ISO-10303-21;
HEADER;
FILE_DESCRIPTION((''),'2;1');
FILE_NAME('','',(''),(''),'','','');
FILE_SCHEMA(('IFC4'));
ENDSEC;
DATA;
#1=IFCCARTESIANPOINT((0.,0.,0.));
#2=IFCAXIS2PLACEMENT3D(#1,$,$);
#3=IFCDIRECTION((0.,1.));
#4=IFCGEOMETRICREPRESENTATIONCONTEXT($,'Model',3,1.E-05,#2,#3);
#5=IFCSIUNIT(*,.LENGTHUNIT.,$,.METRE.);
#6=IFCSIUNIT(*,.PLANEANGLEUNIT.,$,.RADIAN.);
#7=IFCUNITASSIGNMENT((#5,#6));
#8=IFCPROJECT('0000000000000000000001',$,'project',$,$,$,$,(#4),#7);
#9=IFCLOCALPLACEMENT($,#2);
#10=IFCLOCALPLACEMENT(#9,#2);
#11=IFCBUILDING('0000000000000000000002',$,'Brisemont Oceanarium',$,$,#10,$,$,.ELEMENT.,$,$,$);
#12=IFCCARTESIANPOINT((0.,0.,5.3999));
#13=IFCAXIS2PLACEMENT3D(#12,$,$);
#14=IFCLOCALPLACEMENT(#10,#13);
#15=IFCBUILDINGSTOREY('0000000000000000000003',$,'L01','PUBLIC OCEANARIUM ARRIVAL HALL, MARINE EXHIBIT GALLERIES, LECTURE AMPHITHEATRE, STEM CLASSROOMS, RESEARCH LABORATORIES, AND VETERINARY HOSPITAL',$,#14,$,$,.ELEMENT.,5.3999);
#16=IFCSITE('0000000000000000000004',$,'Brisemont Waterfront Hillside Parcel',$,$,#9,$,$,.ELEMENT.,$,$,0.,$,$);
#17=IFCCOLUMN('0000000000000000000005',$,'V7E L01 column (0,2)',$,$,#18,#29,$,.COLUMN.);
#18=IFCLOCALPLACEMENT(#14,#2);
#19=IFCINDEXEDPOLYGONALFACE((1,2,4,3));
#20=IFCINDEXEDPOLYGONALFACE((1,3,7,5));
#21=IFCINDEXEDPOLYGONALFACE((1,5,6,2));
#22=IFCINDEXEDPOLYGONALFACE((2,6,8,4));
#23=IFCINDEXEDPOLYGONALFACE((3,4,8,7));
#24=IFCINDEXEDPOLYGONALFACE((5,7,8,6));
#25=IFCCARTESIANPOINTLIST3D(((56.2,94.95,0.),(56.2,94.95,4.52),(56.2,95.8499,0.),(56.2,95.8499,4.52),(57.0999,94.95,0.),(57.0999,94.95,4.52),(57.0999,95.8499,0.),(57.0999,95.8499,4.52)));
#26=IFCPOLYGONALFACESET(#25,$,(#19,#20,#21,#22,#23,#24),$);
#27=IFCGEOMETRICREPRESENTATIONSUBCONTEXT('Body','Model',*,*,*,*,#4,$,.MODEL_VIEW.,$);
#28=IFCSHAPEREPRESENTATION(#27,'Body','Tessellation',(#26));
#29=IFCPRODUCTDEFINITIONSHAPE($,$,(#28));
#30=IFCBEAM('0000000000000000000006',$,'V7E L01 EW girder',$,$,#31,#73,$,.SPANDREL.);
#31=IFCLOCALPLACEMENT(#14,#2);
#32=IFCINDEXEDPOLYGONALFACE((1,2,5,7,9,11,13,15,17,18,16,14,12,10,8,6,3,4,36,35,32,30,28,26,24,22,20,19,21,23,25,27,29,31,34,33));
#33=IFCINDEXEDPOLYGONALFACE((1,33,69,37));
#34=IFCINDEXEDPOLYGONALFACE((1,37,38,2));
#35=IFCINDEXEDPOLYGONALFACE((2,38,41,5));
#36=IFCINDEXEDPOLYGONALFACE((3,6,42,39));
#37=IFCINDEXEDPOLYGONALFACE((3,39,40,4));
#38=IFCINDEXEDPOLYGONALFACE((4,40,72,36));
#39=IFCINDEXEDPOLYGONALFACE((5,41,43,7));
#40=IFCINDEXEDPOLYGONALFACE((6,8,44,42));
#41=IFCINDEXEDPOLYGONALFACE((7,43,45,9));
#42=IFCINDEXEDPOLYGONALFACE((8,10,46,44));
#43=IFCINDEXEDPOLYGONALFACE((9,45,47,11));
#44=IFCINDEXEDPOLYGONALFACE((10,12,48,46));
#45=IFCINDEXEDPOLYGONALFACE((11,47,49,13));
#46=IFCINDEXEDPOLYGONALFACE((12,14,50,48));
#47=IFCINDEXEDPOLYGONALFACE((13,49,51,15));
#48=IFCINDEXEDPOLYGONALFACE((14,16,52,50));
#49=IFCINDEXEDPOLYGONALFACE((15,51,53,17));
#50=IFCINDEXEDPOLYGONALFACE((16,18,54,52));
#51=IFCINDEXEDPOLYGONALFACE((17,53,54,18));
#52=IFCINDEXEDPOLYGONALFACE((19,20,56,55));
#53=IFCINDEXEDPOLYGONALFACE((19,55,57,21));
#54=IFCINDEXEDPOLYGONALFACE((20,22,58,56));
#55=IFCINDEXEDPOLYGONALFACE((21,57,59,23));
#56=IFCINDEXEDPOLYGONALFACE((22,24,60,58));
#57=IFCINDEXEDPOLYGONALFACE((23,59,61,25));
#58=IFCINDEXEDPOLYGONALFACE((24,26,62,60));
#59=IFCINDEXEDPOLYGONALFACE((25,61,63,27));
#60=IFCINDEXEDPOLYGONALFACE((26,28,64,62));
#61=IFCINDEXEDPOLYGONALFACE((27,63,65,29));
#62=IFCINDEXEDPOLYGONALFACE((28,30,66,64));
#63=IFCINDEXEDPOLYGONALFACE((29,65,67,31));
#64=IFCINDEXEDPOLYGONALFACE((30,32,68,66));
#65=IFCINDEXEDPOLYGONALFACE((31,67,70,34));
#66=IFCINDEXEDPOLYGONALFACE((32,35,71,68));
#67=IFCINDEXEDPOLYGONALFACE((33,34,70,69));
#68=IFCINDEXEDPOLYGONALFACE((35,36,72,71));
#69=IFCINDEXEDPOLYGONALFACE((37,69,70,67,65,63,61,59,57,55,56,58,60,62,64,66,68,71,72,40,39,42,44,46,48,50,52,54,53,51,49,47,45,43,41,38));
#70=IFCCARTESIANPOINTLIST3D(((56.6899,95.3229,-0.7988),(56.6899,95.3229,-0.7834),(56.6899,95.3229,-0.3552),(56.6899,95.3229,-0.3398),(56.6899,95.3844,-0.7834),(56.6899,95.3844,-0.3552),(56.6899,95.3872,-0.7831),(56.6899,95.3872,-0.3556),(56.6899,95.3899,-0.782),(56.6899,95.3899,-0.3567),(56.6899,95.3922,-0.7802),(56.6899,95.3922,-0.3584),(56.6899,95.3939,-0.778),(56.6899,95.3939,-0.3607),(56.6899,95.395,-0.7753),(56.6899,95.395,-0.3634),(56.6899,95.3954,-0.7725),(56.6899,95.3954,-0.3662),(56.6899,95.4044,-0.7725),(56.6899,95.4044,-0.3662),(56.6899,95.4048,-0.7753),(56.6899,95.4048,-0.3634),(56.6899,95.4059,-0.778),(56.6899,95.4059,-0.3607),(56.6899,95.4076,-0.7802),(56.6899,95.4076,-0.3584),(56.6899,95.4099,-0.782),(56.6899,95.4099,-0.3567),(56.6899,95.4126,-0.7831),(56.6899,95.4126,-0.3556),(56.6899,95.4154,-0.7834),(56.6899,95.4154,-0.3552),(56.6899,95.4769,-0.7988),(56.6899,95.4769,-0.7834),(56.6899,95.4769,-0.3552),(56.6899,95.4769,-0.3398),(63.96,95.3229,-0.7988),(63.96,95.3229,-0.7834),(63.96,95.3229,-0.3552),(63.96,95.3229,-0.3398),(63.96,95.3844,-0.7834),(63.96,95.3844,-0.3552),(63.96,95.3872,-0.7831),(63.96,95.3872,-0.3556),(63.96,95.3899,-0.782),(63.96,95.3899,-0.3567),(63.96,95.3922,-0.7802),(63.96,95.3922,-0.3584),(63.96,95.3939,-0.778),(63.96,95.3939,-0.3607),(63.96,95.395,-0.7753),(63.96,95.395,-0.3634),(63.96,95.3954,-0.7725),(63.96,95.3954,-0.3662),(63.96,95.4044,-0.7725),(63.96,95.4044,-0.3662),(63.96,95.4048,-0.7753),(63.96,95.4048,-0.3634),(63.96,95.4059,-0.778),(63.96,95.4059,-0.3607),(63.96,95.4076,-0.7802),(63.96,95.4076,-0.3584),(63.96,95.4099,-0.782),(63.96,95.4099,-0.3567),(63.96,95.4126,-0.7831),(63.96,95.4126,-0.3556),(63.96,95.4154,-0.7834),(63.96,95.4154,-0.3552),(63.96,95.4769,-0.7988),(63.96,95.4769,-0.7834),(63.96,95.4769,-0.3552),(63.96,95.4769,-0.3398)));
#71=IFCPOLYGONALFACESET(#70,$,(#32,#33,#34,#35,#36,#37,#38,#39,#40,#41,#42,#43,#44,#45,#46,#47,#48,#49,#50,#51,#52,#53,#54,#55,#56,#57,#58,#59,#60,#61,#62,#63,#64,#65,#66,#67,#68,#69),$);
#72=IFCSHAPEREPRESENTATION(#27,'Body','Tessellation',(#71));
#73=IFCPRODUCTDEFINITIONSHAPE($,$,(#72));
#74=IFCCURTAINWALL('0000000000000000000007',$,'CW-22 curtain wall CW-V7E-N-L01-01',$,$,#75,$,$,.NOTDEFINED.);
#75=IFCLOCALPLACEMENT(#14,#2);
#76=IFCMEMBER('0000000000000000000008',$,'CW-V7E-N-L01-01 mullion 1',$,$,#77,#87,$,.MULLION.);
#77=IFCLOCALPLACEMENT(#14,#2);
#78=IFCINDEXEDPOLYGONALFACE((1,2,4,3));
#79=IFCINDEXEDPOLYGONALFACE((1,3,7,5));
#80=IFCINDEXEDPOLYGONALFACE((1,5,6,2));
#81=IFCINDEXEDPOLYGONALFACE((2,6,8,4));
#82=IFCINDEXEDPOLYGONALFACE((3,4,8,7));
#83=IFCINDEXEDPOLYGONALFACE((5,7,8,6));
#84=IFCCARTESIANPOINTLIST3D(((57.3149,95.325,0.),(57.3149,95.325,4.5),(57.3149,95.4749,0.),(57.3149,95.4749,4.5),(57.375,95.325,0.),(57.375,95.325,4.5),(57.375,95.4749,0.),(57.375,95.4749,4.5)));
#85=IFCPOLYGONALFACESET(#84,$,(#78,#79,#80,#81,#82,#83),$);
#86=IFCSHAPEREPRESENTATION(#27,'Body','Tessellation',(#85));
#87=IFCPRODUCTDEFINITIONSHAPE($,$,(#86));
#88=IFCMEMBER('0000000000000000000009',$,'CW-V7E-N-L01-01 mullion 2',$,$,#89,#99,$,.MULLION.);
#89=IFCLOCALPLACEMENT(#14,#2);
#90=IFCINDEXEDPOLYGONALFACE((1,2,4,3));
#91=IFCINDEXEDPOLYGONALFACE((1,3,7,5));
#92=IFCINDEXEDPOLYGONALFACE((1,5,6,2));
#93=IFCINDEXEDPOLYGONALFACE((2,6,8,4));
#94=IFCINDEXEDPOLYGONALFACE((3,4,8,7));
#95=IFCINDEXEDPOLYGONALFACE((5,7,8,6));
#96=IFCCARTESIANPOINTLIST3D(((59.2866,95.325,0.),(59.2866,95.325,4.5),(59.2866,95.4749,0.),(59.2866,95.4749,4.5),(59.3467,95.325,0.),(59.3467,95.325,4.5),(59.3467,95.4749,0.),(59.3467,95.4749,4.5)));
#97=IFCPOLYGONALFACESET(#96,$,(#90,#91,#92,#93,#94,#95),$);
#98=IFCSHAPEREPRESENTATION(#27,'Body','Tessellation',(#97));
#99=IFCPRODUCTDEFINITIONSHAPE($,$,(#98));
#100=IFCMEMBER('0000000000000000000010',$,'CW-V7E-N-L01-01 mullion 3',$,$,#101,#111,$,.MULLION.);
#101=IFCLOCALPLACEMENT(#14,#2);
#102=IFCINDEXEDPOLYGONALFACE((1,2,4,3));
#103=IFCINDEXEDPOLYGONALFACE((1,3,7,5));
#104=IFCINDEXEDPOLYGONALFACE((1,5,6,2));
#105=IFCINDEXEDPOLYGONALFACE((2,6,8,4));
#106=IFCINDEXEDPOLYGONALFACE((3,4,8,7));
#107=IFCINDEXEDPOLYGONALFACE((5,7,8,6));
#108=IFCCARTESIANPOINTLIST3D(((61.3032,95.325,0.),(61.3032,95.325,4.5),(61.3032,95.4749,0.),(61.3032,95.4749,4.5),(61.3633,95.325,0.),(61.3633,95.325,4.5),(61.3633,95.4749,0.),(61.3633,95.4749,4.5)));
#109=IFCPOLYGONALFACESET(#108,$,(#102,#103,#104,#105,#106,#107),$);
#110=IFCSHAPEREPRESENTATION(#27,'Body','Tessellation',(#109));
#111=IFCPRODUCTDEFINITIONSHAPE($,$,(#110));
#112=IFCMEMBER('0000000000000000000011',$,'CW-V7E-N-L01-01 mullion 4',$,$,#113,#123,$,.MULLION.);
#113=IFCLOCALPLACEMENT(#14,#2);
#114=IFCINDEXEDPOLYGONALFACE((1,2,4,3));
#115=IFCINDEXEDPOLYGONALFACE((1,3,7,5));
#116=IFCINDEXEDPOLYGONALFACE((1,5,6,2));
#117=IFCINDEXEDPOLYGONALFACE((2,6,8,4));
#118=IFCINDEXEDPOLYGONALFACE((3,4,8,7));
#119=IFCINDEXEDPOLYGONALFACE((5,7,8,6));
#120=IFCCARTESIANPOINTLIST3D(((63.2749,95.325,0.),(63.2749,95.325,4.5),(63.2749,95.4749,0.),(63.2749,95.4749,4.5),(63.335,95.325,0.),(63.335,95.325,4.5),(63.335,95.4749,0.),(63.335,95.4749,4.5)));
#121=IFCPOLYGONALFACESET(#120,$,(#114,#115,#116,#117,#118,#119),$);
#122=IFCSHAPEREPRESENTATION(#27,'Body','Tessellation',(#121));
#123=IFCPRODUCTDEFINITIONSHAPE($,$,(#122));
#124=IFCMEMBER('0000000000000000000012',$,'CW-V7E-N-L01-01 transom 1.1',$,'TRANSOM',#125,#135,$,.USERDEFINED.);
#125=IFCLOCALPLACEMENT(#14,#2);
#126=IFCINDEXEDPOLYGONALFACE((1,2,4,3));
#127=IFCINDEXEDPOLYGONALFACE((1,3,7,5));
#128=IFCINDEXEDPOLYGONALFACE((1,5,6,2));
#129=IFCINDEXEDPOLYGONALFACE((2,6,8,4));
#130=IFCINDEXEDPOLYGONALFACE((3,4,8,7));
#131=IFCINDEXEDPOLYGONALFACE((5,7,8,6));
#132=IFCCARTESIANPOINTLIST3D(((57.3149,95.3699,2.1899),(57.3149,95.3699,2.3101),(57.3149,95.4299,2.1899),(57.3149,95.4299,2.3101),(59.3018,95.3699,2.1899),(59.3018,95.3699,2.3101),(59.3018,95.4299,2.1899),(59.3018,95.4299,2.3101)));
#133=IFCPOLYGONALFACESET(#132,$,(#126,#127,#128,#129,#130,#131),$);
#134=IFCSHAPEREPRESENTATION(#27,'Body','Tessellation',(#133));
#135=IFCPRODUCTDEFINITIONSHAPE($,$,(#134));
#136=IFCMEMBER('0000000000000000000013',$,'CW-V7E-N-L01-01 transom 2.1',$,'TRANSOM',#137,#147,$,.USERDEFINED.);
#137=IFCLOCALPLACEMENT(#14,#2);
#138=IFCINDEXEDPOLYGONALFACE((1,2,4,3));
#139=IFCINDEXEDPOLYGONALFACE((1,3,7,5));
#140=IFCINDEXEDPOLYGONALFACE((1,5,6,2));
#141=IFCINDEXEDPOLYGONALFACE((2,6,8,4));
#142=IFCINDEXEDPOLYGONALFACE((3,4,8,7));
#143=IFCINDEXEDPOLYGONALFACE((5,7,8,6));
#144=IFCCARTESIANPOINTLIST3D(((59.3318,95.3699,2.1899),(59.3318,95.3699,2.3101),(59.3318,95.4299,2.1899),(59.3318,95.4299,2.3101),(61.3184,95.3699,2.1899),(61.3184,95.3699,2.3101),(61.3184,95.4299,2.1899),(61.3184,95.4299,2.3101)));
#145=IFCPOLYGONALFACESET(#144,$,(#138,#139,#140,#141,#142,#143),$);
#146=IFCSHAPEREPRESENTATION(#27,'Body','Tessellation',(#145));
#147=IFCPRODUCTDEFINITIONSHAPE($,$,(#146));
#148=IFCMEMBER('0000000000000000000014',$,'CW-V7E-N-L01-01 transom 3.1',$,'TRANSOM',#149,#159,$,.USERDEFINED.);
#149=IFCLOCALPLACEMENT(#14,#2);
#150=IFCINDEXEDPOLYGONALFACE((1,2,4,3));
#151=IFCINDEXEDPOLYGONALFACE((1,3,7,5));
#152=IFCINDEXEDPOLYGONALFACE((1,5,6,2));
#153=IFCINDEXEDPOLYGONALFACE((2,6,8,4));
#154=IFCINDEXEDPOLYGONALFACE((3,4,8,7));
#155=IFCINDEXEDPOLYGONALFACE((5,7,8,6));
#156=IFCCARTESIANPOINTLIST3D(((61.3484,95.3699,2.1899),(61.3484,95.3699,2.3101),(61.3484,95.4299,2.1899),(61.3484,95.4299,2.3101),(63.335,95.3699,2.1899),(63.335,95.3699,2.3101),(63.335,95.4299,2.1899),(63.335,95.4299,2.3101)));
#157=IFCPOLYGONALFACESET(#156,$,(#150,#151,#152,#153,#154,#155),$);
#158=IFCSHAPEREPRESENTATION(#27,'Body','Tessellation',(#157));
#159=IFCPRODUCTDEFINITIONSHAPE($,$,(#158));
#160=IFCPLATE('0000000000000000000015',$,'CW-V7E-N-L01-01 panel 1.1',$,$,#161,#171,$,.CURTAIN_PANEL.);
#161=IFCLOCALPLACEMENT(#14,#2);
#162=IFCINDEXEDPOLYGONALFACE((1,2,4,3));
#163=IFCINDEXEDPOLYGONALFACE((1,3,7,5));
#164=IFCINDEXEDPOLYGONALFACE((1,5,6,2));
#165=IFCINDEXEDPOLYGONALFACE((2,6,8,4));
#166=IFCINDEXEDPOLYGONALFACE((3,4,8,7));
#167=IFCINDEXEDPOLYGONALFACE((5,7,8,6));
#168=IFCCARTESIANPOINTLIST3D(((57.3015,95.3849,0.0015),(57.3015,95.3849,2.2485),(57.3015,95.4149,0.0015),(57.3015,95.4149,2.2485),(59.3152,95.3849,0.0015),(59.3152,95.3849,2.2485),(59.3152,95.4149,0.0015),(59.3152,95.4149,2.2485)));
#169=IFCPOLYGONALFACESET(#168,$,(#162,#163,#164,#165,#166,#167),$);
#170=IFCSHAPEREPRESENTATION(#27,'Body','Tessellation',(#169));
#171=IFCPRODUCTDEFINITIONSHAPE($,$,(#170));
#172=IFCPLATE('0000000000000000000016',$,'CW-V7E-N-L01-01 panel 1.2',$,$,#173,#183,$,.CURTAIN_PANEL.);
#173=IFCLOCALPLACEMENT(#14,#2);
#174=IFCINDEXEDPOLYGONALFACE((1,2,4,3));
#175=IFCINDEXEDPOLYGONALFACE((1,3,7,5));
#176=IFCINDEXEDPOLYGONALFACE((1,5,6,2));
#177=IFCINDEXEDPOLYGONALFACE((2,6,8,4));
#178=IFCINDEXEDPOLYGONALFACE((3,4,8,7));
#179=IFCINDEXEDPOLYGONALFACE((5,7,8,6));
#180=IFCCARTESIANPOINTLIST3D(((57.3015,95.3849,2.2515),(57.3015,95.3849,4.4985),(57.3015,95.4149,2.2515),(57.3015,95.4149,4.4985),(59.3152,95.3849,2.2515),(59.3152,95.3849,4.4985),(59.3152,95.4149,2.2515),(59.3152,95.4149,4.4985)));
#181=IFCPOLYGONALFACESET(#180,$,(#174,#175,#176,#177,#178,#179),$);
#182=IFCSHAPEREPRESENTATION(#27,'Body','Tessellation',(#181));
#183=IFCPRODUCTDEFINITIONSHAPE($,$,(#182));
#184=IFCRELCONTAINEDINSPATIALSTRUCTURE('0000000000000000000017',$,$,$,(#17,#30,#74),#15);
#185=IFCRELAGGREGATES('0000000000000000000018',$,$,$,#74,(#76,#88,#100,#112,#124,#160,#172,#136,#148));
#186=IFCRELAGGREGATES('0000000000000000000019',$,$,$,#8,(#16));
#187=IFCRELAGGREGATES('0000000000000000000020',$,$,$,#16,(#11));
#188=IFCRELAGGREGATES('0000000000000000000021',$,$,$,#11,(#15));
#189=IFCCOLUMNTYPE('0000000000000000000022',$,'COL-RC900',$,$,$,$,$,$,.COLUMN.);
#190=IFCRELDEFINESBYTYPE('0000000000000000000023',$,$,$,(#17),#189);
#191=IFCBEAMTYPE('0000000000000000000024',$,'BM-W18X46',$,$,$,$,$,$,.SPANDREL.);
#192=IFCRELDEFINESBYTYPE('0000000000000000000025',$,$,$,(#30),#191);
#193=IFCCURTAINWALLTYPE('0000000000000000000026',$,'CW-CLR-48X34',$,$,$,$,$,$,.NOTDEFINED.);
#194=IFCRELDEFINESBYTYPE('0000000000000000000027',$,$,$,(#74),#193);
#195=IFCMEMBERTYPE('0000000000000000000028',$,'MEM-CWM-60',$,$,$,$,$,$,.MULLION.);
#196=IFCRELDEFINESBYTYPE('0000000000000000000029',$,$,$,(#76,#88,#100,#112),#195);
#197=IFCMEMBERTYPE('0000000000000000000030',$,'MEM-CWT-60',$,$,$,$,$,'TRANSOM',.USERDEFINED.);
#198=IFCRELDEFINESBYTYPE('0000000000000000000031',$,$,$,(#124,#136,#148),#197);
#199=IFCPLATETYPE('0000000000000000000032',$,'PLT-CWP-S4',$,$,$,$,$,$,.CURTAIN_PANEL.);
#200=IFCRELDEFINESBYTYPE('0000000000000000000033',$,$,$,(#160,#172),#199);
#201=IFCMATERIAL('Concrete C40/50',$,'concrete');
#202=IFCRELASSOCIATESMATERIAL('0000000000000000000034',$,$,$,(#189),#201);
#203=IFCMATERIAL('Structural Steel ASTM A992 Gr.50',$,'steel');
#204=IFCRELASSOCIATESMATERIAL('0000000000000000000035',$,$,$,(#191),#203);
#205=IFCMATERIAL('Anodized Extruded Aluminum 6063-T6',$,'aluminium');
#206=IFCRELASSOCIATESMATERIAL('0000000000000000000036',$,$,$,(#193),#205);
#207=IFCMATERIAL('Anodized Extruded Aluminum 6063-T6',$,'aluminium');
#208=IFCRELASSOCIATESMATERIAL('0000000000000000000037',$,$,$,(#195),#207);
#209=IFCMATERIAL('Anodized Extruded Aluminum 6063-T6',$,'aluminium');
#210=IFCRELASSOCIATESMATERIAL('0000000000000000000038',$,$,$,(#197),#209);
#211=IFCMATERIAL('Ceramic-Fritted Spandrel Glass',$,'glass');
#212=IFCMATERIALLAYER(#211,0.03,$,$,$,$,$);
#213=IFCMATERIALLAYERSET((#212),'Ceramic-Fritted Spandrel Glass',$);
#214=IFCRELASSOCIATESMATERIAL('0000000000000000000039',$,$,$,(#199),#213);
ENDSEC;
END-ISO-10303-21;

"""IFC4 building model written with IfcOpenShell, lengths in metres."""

from ifc_helpers import new_model, si_unit, direction, frame, origin, origin_2d, place, context, subcontext, project, spatial, rectangle, i_section, extrude, material, layer, layer_set, material_profile, profile_set, type_object, element, aggregate, save


model = new_model("IFC4")

# Units and contexts
model_context = context("Model", 3, precision=1e-05, world=origin(), true_north=direction((0.0, 1.0)))
body_context = subcontext(model_context, "Body", "Model", "MODEL_VIEW")
ifc_project = project(units=[si_unit("LENGTHUNIT", "METRE"), si_unit("PLANEANGLEUNIT", "RADIAN")], contexts=[model_context])

# Site, building, storey
site_placement = place(None, origin())
site = spatial("IfcSite", under=ifc_project, at=site_placement, Name="Brisemont Waterfront Hillside Parcel", CompositionType="ELEMENT", RefElevation=0.0)
building_placement = place(site_placement, origin())
building = spatial("IfcBuilding", under=site, at=building_placement, Name="Brisemont Oceanarium", CompositionType="ELEMENT")
storey_placement = place(building_placement, frame((0.0, 0.0, 5.3999)))
storey = spatial("IfcBuildingStorey", under=building, at=storey_placement, Name="L01", Description="PUBLIC OCEANARIUM ARRIVAL HALL, MARINE EXHIBIT GALLERIES, LECTURE AMPHITHEATRE, STEM CLASSROOMS, RESEARCH LABORATORIES, AND VETERINARY HOSPITAL", CompositionType="ELEMENT", Elevation=5.3999)

# Column
ifc_material_1 = material(Name="Concrete C40/50", Category="concrete")
ifc_material_profile_1 = material_profile(ifc_material_1, rectangle(XDim=0.8999, YDim=0.8999, at=origin_2d()), Name="RC-COL-900X900")
ifc_profile_set_1 = profile_set([ifc_material_profile_1], Name="Concrete C40/50")
column_type = type_object("IfcColumnType", Name="COL-RC900", PredefinedType="COLUMN", material=ifc_profile_set_1)
column_placement = place(storey_placement, frame((56.6499, 95.3999, 0.0), z_axis=(0.0, 0.0, 1.0), x_axis=(1.0, 0.0, 0.0)))
element("IfcColumn", 1, at=column_placement, inside=storey, type_object=column_type, Name="V7E L01 column (0,2)", PredefinedType="COLUMN", context=body_context, shape_type="SweptSolid", body=[
    extrude(rectangle(XDim=0.8999, YDim=0.8999, at=origin_2d()), origin(), (0.0, 0.0, 1.0), 4.52),
])

# Beam
ifc_material_2 = material(Name="Structural Steel ASTM A992 Gr.50", Category="steel")
ifc_material_profile_2 = material_profile(ifc_material_2, i_section(OverallWidth=0.1541, OverallDepth=0.459, WebThickness=0.009, FlangeThickness=0.0154, FilletRadius=0.011, at=origin_2d()), Name="W18X46")
ifc_profile_set_2 = profile_set([ifc_material_profile_2], Name="Structural Steel ASTM A992 Gr.50")
beam_type = type_object("IfcBeamType", Name="BM-W18X46", PredefinedType="SPANDREL", material=ifc_profile_set_2)
beam_placement = place(storey_placement, frame((56.6899, 95.3999, -0.5693), z_axis=(1.0, 0.0, 0.0), x_axis=(0.0, 1.0, 0.0)))
element("IfcBeam", 2, at=beam_placement, inside=storey, type_object=beam_type, Name="V7E L01 EW girder", PredefinedType="SPANDREL", context=body_context, shape_type="SweptSolid", body=[
    extrude(i_section(OverallWidth=0.1541, OverallDepth=0.459, WebThickness=0.009, FlangeThickness=0.0154, FilletRadius=0.011, at=origin_2d()), origin(), (0.0, 0.0, 1.0), 7.27),
])

# Curtain wall, members, plates
ifc_material_3 = material(Name="Anodized Extruded Aluminum 6063-T6", Category="aluminium")
curtain_wall_type = type_object("IfcCurtainWallType", Name="CW-CLR-48X34", PredefinedType="NOTDEFINED", material=ifc_material_3)
curtain_wall_placement = place(storey_placement, origin())
curtain_wall = element("IfcCurtainWall", 3, at=curtain_wall_placement, inside=storey, type_object=curtain_wall_type, Name="CW-22 curtain wall CW-V7E-N-L01-01", PredefinedType="NOTDEFINED")
ifc_material_4 = material(Name="Anodized Extruded Aluminum 6063-T6", Category="aluminium")
ifc_material_profile_3 = material_profile(ifc_material_4, rectangle(XDim=0.0601, YDim=0.1499, at=origin_2d()), Name="CWM-60X150")
ifc_profile_set_3 = profile_set([ifc_material_profile_3], Name="Anodized Extruded Aluminum 6063-T6")
member_type_1 = type_object("IfcMemberType", Name="MEM-CWM-60", PredefinedType="MULLION", material=ifc_profile_set_3)
member_1_placement = place(storey_placement, frame((57.345, 95.3999, 0.0), z_axis=(0.0, 0.0, 1.0), x_axis=(1.0, 0.0, 0.0)))
member_1 = element("IfcMember", 4, at=member_1_placement, type_object=member_type_1, Name="CW-V7E-N-L01-01 mullion 1", PredefinedType="MULLION", context=body_context, shape_type="SweptSolid", body=[
    extrude(rectangle(XDim=0.0601, YDim=0.1499, at=origin_2d()), origin(), (0.0, 0.0, 1.0), 4.5),
])
member_2_placement = place(storey_placement, frame((59.3167, 95.3999, 0.0), z_axis=(0.0, 0.0, 1.0), x_axis=(1.0, 0.0, 0.0)))
member_2 = element("IfcMember", 5, at=member_2_placement, type_object=member_type_1, Name="CW-V7E-N-L01-01 mullion 2", PredefinedType="MULLION", context=body_context, shape_type="SweptSolid", body=[
    extrude(rectangle(XDim=0.0601, YDim=0.1499, at=origin_2d()), origin(), (0.0, 0.0, 1.0), 4.5),
])
member_3_placement = place(storey_placement, frame((61.3333, 95.3999, 0.0), z_axis=(0.0, 0.0, 1.0), x_axis=(1.0, 0.0, 0.0)))
member_3 = element("IfcMember", 6, at=member_3_placement, type_object=member_type_1, Name="CW-V7E-N-L01-01 mullion 3", PredefinedType="MULLION", context=body_context, shape_type="SweptSolid", body=[
    extrude(rectangle(XDim=0.0601, YDim=0.1499, at=origin_2d()), origin(), (0.0, 0.0, 1.0), 4.5),
])
member_4_placement = place(storey_placement, frame((63.3049, 95.3999, 0.0), z_axis=(0.0, 0.0, 1.0), x_axis=(1.0, 0.0, 0.0)))
member_4 = element("IfcMember", 7, at=member_4_placement, type_object=member_type_1, Name="CW-V7E-N-L01-01 mullion 4", PredefinedType="MULLION", context=body_context, shape_type="SweptSolid", body=[
    extrude(rectangle(XDim=0.0601, YDim=0.1499, at=origin_2d()), origin(), (0.0, 0.0, 1.0), 4.5),
])
ifc_material_5 = material(Name="Anodized Extruded Aluminum 6063-T6", Category="aluminium")
ifc_material_profile_4 = material_profile(ifc_material_5, rectangle(XDim=0.0601, YDim=0.1201, at=origin_2d()), Name="CWT-60X120")
ifc_profile_set_4 = profile_set([ifc_material_profile_4], Name="Anodized Extruded Aluminum 6063-T6")
member_type_2 = type_object("IfcMemberType", Name="MEM-CWT-60", ElementType="TRANSOM", PredefinedType="USERDEFINED", material=ifc_profile_set_4)
member_5_placement = place(storey_placement, frame((57.3149, 95.3999, 2.25), z_axis=(1.0, 0.0, 0.0), x_axis=(0.0, 1.0, 0.0)))
member_5 = element("IfcMember", 8, at=member_5_placement, type_object=member_type_2, Name="CW-V7E-N-L01-01 transom 1.1", ObjectType="TRANSOM", PredefinedType="USERDEFINED", context=body_context, shape_type="SweptSolid", body=[
    extrude(rectangle(XDim=0.0601, YDim=0.1201, at=origin_2d()), origin(), (0.0, 0.0, 1.0), 1.9868),
])
member_6_placement = place(storey_placement, frame((59.3318, 95.3999, 2.25), z_axis=(1.0, 0.0, 0.0), x_axis=(0.0, 1.0, 0.0)))
member_6 = element("IfcMember", 9, at=member_6_placement, type_object=member_type_2, Name="CW-V7E-N-L01-01 transom 2.1", ObjectType="TRANSOM", PredefinedType="USERDEFINED", context=body_context, shape_type="SweptSolid", body=[
    extrude(rectangle(XDim=0.0601, YDim=0.1201, at=origin_2d()), origin(), (0.0, 0.0, 1.0), 1.9866),
])
member_7_placement = place(storey_placement, frame((61.3484, 95.3999, 2.25), z_axis=(1.0, 0.0, 0.0), x_axis=(0.0, 1.0, 0.0)))
member_7 = element("IfcMember", 10, at=member_7_placement, type_object=member_type_2, Name="CW-V7E-N-L01-01 transom 3.1", ObjectType="TRANSOM", PredefinedType="USERDEFINED", context=body_context, shape_type="SweptSolid", body=[
    extrude(rectangle(XDim=0.0601, YDim=0.1201, at=origin_2d()), origin(), (0.0, 0.0, 1.0), 1.9866),
])
ifc_material_6 = material(Name="Ceramic-Fritted Spandrel Glass", Category="glass")
ifc_layer_1 = layer(ifc_material_6, 0.03)
ifc_layer_set_1 = layer_set([ifc_layer_1], Name="Ceramic-Fritted Spandrel Glass")
plate_type = type_object("IfcPlateType", Name="PLT-CWP-S4", PredefinedType="CURTAIN_PANEL", material=ifc_layer_set_1)
plate_1_placement = place(storey_placement, frame((58.3083, 95.3999, 0.0015), z_axis=(0.0, 0.0, 1.0), x_axis=(1.0, 0.0, 0.0)))
plate_1 = element("IfcPlate", 11, at=plate_1_placement, type_object=plate_type, Name="CW-V7E-N-L01-01 panel 1.1", PredefinedType="CURTAIN_PANEL", context=body_context, shape_type="SweptSolid", body=[
    extrude(rectangle(XDim=2.0137, YDim=0.03, at=origin_2d()), origin(), (0.0, 0.0, 1.0), 2.2471),
])
plate_2_placement = place(storey_placement, frame((58.3083, 95.3999, 2.2515), z_axis=(0.0, 0.0, 1.0), x_axis=(1.0, 0.0, 0.0)))
plate_2 = element("IfcPlate", 12, at=plate_2_placement, type_object=plate_type, Name="CW-V7E-N-L01-01 panel 1.2", PredefinedType="CURTAIN_PANEL", context=body_context, shape_type="SweptSolid", body=[
    extrude(rectangle(XDim=2.0137, YDim=0.03, at=origin_2d()), origin(), (0.0, 0.0, 1.0), 2.2471),
])
aggregate(curtain_wall, [member_1, member_2, member_3, member_4, member_5, plate_1, plate_2, member_6, member_7])

save(model, "model.ifc")
